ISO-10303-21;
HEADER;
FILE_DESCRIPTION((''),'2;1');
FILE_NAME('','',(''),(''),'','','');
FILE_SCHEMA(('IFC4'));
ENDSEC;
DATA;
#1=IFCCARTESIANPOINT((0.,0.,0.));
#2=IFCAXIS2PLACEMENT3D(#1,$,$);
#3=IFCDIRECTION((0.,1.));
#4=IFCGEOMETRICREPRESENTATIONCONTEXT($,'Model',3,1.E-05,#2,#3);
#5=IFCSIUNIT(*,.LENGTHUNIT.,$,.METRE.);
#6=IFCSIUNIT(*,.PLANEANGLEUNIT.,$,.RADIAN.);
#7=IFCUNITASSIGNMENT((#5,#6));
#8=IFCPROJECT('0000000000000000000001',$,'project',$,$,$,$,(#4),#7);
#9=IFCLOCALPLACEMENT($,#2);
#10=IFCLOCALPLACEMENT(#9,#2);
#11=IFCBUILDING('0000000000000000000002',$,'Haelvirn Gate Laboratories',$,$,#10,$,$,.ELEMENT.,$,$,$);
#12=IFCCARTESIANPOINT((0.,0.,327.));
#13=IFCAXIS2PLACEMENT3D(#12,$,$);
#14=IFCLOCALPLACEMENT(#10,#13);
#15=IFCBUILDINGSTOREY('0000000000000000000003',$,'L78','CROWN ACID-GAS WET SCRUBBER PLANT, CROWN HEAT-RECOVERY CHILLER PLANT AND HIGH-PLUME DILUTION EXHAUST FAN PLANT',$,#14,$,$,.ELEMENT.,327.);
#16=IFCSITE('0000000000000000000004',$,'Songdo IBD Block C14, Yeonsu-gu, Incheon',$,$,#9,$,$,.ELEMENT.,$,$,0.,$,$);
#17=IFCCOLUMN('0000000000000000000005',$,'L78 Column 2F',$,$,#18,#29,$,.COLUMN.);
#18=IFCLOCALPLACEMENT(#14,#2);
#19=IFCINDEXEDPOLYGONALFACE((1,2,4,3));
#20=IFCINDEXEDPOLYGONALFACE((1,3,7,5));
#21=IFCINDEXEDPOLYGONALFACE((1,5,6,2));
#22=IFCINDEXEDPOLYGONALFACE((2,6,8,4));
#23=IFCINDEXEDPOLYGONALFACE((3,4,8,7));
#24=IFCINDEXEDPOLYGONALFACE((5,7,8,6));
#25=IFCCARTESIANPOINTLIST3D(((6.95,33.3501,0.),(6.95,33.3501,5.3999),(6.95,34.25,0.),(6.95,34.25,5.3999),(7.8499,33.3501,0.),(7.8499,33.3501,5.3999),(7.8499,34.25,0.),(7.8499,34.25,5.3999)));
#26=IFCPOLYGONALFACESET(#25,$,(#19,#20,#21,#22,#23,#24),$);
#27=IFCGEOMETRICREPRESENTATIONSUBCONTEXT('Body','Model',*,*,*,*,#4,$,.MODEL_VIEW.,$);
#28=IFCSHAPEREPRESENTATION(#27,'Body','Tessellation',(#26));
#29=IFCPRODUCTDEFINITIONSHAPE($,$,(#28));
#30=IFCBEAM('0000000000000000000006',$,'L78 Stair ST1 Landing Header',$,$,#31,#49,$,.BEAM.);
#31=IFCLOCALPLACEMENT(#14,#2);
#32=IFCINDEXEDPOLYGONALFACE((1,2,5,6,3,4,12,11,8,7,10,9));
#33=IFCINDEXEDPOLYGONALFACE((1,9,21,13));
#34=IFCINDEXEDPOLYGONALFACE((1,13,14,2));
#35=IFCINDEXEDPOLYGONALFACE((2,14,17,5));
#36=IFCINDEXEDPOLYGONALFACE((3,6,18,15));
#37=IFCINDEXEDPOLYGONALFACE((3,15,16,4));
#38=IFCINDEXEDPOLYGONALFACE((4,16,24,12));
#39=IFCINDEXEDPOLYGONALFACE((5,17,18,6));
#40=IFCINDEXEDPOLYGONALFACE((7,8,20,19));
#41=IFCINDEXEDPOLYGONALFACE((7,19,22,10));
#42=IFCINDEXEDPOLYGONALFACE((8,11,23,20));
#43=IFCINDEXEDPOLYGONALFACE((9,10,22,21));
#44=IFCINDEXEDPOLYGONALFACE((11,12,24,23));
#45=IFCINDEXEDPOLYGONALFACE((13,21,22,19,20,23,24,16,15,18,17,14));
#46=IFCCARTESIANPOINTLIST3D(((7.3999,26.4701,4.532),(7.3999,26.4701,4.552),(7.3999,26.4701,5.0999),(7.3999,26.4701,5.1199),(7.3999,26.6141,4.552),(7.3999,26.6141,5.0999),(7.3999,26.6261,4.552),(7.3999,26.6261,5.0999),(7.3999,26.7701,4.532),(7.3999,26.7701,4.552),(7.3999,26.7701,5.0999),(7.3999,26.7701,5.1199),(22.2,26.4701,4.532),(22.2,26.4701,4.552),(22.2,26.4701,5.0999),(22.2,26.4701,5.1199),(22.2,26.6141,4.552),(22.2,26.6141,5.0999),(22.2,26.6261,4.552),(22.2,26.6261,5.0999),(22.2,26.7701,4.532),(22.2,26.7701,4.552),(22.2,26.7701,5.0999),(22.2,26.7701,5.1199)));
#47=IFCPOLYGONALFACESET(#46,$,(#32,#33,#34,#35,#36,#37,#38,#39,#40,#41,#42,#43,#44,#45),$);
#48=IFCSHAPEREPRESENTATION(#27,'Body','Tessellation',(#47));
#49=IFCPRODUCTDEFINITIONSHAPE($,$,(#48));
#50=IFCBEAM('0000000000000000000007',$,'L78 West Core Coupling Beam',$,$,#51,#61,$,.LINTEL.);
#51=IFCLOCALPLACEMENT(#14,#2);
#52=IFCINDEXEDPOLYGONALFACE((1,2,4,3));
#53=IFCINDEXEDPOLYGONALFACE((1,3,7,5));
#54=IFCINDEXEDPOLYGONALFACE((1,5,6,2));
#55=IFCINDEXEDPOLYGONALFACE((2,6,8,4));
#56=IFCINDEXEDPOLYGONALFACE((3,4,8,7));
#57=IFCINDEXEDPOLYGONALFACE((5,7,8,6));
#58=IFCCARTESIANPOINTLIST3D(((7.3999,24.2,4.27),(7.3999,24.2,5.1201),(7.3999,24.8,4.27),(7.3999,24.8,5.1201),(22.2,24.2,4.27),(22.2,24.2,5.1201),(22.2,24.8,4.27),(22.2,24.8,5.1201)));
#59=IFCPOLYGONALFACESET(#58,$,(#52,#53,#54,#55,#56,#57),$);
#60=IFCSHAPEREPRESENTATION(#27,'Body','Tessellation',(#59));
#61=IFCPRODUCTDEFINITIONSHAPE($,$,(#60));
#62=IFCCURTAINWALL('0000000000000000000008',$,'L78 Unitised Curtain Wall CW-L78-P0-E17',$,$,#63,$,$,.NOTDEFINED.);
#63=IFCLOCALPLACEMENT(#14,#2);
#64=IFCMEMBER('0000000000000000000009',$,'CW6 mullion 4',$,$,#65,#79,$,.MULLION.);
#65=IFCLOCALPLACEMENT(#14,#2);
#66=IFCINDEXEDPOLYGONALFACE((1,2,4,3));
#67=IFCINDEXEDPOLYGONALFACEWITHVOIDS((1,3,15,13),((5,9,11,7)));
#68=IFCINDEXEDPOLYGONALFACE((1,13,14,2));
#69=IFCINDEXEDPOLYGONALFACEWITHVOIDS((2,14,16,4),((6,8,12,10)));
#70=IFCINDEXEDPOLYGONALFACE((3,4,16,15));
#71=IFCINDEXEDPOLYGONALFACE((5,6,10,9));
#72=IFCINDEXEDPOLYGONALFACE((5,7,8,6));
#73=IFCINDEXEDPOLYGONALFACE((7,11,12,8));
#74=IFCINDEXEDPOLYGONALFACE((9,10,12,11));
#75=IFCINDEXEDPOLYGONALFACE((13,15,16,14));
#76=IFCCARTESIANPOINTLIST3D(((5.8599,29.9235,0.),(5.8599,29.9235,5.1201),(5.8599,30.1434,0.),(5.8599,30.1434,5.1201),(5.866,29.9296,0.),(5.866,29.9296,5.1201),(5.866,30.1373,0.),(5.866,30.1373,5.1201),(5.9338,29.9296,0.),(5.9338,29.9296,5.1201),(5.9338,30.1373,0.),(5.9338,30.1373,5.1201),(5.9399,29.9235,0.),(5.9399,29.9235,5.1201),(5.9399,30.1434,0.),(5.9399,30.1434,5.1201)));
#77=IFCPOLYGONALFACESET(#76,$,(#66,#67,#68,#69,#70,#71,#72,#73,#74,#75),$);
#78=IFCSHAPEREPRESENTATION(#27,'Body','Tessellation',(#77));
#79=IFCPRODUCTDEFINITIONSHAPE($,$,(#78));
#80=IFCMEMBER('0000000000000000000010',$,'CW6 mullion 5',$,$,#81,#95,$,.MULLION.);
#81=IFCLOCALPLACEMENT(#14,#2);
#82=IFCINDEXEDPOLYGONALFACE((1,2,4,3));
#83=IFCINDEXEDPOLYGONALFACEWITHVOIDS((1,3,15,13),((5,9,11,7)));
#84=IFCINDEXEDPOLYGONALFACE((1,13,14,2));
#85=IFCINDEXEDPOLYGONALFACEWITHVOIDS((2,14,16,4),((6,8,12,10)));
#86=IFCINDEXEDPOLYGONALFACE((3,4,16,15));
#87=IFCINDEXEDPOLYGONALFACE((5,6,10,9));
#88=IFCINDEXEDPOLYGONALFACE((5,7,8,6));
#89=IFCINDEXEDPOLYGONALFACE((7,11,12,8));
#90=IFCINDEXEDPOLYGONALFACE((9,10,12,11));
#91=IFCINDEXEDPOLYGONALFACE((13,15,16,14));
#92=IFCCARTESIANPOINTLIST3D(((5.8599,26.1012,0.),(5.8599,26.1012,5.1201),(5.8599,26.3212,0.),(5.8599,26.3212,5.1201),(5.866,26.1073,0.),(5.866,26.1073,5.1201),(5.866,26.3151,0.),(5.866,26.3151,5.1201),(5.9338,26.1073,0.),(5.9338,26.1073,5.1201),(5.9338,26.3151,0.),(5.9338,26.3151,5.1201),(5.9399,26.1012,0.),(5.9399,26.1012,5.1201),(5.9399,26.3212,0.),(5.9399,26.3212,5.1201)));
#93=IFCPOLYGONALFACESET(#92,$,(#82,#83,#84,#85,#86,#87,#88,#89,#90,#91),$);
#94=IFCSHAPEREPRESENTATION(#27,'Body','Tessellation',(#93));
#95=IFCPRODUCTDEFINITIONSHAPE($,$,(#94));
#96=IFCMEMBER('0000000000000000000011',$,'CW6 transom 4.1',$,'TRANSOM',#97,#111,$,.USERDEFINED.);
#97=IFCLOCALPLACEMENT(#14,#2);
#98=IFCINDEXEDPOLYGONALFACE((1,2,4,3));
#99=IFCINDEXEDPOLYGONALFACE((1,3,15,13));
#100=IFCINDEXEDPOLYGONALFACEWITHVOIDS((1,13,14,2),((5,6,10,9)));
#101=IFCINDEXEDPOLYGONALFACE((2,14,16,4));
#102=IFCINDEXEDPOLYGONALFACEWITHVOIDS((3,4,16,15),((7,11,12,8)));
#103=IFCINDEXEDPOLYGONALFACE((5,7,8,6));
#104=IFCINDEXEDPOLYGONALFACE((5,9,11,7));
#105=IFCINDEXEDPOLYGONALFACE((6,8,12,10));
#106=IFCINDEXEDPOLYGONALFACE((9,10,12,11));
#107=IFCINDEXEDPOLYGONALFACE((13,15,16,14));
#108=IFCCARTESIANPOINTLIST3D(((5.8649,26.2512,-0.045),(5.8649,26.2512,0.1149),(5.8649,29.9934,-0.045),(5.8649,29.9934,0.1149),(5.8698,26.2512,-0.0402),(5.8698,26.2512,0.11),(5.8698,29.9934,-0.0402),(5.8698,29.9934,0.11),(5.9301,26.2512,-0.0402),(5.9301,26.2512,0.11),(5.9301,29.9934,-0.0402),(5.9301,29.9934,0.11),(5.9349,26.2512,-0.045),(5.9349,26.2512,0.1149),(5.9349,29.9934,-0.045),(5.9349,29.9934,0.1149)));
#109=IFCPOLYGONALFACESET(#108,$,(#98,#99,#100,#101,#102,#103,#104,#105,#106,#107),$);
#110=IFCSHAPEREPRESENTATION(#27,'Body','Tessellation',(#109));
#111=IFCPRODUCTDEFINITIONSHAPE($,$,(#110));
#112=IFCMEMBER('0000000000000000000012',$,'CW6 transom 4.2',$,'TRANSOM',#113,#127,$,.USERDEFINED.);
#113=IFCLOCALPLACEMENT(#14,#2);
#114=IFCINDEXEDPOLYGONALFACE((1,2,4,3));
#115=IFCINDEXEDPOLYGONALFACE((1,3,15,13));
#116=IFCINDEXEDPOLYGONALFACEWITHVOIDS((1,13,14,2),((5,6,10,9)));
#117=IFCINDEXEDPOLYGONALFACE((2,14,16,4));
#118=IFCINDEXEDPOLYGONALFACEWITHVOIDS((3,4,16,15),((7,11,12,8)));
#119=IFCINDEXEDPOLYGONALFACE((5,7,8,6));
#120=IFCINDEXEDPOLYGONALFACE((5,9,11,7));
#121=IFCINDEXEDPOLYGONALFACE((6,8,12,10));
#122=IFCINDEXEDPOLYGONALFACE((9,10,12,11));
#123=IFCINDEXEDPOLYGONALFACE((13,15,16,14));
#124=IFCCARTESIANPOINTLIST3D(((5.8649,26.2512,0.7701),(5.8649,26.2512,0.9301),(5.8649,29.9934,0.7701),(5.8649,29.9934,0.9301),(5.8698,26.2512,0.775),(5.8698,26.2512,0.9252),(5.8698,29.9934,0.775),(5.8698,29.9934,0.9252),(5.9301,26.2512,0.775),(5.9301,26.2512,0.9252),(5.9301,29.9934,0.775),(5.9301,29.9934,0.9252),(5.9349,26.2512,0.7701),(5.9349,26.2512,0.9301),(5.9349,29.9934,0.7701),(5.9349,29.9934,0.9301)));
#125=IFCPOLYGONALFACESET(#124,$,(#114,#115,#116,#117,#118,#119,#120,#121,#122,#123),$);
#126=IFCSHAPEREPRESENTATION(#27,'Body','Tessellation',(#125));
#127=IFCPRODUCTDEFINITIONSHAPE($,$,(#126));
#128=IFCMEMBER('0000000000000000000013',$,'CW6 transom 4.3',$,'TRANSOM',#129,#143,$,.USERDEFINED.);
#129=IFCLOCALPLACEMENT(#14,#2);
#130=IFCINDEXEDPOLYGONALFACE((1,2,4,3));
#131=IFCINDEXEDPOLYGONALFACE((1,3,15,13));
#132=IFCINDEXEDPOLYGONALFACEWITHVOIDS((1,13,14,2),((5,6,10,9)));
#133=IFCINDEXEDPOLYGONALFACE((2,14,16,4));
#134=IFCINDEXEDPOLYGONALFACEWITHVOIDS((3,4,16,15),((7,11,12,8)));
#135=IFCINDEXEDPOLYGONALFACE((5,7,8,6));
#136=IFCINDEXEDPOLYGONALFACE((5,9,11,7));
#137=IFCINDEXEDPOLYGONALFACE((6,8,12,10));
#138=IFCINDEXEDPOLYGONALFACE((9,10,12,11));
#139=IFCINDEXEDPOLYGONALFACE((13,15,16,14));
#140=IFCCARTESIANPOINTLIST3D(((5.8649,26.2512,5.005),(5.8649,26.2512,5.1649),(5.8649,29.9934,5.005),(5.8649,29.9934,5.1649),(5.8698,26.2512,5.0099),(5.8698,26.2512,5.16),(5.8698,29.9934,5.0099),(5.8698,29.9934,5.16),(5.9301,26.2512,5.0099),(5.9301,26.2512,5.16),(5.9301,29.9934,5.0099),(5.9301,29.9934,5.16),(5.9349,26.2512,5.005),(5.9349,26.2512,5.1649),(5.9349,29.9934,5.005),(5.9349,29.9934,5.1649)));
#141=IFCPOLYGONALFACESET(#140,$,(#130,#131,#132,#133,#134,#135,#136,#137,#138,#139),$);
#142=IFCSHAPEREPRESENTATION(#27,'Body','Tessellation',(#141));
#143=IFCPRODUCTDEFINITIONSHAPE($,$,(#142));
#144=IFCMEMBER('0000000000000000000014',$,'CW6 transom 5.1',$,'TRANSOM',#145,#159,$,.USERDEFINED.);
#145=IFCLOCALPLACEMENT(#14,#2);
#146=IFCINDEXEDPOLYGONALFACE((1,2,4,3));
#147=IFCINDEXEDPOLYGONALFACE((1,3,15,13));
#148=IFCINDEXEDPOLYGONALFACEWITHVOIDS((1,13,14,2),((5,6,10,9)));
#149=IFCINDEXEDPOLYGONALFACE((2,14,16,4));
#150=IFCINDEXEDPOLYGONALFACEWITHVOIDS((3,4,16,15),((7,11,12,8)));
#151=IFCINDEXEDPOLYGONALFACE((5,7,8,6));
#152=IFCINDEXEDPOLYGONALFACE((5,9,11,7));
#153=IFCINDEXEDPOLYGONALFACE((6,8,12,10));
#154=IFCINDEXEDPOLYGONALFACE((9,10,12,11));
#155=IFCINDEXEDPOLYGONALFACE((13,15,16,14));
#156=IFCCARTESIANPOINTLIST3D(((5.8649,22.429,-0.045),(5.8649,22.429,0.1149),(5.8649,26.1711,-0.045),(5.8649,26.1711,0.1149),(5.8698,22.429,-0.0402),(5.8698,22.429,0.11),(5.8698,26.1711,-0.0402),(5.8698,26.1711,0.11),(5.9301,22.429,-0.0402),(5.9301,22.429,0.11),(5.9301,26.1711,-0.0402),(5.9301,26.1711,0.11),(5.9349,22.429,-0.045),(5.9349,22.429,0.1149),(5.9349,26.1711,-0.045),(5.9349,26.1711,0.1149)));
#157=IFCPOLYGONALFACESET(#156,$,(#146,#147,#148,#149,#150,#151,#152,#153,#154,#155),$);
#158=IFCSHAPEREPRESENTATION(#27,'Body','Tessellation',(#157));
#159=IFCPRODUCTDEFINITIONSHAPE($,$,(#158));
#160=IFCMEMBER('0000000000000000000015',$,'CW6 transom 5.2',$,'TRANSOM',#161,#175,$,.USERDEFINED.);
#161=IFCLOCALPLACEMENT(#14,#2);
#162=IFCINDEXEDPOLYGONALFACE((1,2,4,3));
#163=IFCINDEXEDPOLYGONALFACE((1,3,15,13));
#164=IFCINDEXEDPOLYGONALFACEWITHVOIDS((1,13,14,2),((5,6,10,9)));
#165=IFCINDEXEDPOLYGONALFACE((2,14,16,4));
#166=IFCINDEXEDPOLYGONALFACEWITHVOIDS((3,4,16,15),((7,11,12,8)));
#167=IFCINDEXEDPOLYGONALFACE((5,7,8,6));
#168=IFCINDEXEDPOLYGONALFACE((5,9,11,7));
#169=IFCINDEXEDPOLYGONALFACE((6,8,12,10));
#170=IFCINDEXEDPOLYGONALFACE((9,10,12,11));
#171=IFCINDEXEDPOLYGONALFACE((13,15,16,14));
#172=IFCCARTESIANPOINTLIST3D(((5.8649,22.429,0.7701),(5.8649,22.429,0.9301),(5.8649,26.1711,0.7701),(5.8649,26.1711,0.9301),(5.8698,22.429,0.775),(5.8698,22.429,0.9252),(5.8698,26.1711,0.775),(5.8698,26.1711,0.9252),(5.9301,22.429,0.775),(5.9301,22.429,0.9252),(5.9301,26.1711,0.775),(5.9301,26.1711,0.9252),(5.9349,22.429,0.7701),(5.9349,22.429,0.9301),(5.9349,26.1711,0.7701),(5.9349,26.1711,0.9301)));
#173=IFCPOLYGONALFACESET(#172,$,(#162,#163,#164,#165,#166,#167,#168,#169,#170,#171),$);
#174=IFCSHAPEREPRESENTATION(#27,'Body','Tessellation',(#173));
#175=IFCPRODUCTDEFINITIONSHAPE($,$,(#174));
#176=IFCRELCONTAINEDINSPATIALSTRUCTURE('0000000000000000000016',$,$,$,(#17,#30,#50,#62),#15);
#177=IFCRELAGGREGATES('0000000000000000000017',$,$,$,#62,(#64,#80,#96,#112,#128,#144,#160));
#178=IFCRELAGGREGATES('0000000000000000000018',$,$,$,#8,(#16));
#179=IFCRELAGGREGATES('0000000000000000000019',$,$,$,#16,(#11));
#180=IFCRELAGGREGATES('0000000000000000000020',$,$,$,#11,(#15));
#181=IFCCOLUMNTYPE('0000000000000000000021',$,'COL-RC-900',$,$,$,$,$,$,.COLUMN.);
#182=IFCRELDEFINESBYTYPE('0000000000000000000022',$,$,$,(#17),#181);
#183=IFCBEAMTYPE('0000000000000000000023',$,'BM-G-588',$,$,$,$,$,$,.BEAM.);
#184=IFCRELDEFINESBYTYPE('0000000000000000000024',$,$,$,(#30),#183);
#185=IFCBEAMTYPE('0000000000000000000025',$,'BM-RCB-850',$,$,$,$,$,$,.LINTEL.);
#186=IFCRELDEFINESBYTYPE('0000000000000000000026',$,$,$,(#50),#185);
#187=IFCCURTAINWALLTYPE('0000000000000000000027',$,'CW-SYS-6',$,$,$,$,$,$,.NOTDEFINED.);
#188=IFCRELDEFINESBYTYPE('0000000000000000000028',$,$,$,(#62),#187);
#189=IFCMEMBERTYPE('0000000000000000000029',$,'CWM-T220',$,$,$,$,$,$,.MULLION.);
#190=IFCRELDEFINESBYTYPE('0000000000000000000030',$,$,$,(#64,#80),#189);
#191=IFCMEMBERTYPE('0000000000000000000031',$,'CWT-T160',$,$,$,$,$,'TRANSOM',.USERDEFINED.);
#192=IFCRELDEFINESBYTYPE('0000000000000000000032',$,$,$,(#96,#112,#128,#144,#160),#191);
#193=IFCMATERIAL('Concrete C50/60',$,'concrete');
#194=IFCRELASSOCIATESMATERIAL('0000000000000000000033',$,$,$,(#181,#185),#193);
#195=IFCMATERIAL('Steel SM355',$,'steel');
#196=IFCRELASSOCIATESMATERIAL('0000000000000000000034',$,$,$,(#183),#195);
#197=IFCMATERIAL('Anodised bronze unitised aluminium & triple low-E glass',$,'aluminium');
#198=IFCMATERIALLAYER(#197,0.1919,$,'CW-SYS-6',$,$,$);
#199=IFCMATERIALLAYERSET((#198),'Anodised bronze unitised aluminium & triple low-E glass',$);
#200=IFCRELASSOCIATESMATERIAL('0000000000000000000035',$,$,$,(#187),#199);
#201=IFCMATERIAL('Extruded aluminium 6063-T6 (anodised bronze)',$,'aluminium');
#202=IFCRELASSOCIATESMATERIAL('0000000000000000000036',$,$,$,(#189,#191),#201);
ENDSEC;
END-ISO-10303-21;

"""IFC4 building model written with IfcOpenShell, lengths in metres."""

from ifc_helpers import new_model, si_unit, direction, frame, origin, origin_2d, place, context, subcontext, project, spatial, rectangle, hollow_rectangle, i_section, extrude, source, transform, mapped, material, layer, layer_set, material_profile, profile_set, type_object, type_shapes, element, aggregate, save


model = new_model("IFC4")

# Units and contexts
model_context = context("Model", 3, precision=1e-05, world=origin(), true_north=direction((0.0, 1.0)))
body_context = subcontext(model_context, "Body", "Model", "MODEL_VIEW")
ifc_project = project(units=[si_unit("LENGTHUNIT", "METRE"), si_unit("PLANEANGLEUNIT", "RADIAN")], contexts=[model_context])

# Site, building, storey
site_placement = place(None, origin())
site = spatial("IfcSite", under=ifc_project, at=site_placement, Name="Songdo IBD Block C14, Yeonsu-gu, Incheon", CompositionType="ELEMENT", RefElevation=0.0)
building_placement = place(site_placement, origin())
building = spatial("IfcBuilding", under=site, at=building_placement, Name="Haelvirn Gate Laboratories", CompositionType="ELEMENT")
storey_placement = place(building_placement, frame((0.0, 0.0, 327.0)))
storey = spatial("IfcBuildingStorey", under=building, at=storey_placement, Name="L78", Description="CROWN ACID-GAS WET SCRUBBER PLANT, CROWN HEAT-RECOVERY CHILLER PLANT AND HIGH-PLUME DILUTION EXHAUST FAN PLANT", CompositionType="ELEMENT", Elevation=327.0)

# Column
ifc_material_1 = material(Name="Concrete C50/60", Category="concrete")
ifc_material_profile_1 = material_profile(ifc_material_1, rectangle(XDim=0.8999, YDim=0.8999, at=origin_2d()), Name="RC-900x900")
ifc_profile_set_1 = profile_set([ifc_material_profile_1], Name="Concrete C50/60")
column_type = type_object("IfcColumnType", Name="COL-RC-900", PredefinedType="COLUMN", material=ifc_profile_set_1)
shared_shape_1 = source(origin(), body_context, "Body", "SweptSolid", [
    extrude(rectangle(XDim=0.8999, YDim=0.8999, at=origin_2d()), origin(), (0.0, 0.0, 1.0), 5.3999),
])
type_shapes(column_type, [shared_shape_1])
column_placement = place(storey_placement, frame((7.3999, 33.8, 0.0), z_axis=(0.0, 0.0, 1.0), x_axis=(1.0, 0.0, 0.0)))
element("IfcColumn", 1, at=column_placement, inside=storey, type_object=column_type, Name="L78 Column 2F", PredefinedType="COLUMN", context=body_context, shape_type="MappedRepresentation", body=[
    mapped(shared_shape_1, transform((0.0, 0.0, 0.0), scale=1.0)),
])

# Beams
ifc_material_2 = material(Name="Steel SM355", Category="steel")
ifc_material_profile_2 = material_profile(ifc_material_2, i_section(OverallWidth=0.3, OverallDepth=0.5879, WebThickness=0.012, FlangeThickness=0.02, at=origin_2d()), Name="H-588x300x12x20")
ifc_profile_set_2 = profile_set([ifc_material_profile_2], Name="Steel SM355")
beam_type_1 = type_object("IfcBeamType", Name="BM-G-588", PredefinedType="BEAM", material=ifc_profile_set_2)
shared_shape_2 = source(origin(), body_context, "Body", "SweptSolid", [
    extrude(i_section(OverallWidth=0.3, OverallDepth=0.5879, WebThickness=0.012, FlangeThickness=0.02, at=origin_2d()), origin(), (0.0, 0.0, 1.0), 14.8),
])
type_shapes(beam_type_1, [shared_shape_2])
beam_1_placement = place(storey_placement, frame((7.3999, 26.6201, 4.8259), z_axis=(1.0, 0.0, 0.0), x_axis=(0.0, 1.0, 0.0)))
element("IfcBeam", 2, at=beam_1_placement, inside=storey, type_object=beam_type_1, Name="L78 Stair ST1 Landing Header", PredefinedType="BEAM", context=body_context, shape_type="MappedRepresentation", body=[
    mapped(shared_shape_2, transform((0.0, 0.0, 0.0), scale=1.0)),
])
ifc_material_profile_3 = material_profile(ifc_material_1, rectangle(XDim=0.6001, YDim=0.8501, at=origin_2d()), Name="RCB-600x850")
ifc_profile_set_3 = profile_set([ifc_material_profile_3], Name="Concrete C50/60")
beam_type_2 = type_object("IfcBeamType", Name="BM-RCB-850", PredefinedType="LINTEL", material=ifc_profile_set_3)
shared_shape_3 = source(origin(), body_context, "Body", "SweptSolid", [
    extrude(rectangle(XDim=0.6001, YDim=0.8501, at=origin_2d()), origin(), (0.0, 0.0, 1.0), 14.8),
])
type_shapes(beam_type_2, [shared_shape_3])
beam_2_placement = place(storey_placement, frame((7.3999, 24.5, 4.6951), z_axis=(1.0, 0.0, 0.0), x_axis=(0.0, 1.0, 0.0)))
element("IfcBeam", 3, at=beam_2_placement, inside=storey, type_object=beam_type_2, Name="L78 West Core Coupling Beam", PredefinedType="LINTEL", context=body_context, shape_type="MappedRepresentation", body=[
    mapped(shared_shape_3, transform((0.0, 0.0, 0.0), scale=1.0)),
])

# Curtain wall, members
ifc_material_3 = material(Name="Anodised bronze unitised aluminium & triple low-E glass", Category="aluminium")
ifc_layer_1 = layer(ifc_material_3, 0.1919, Name="CW-SYS-6")
ifc_layer_set_1 = layer_set([ifc_layer_1], Name="Anodised bronze unitised aluminium & triple low-E glass")
curtain_wall_type = type_object("IfcCurtainWallType", Name="CW-SYS-6", PredefinedType="NOTDEFINED", material=ifc_layer_set_1)
curtain_wall_placement = place(storey_placement, origin())
curtain_wall = element("IfcCurtainWall", 4, at=curtain_wall_placement, inside=storey, type_object=curtain_wall_type, Name="L78 Unitised Curtain Wall CW-L78-P0-E17", PredefinedType="NOTDEFINED")
ifc_material_4 = material(Name="Extruded aluminium 6063-T6 (anodised bronze)", Category="aluminium")
ifc_material_profile_4 = material_profile(ifc_material_4, hollow_rectangle(XDim=0.0801, YDim=0.22, WallThickness=0.0061, at=origin_2d()), Name="CWM-220x80x6")
ifc_profile_set_4 = profile_set([ifc_material_profile_4], Name="Extruded aluminium 6063-T6 (anodised bronze)")
member_type_1 = type_object("IfcMemberType", Name="CWM-T220", PredefinedType="MULLION", material=ifc_profile_set_4)
shared_shape_4 = source(origin(), body_context, "Body", "SweptSolid", [
    extrude(hollow_rectangle(XDim=0.0801, YDim=0.22, WallThickness=0.0061, at=origin_2d()), origin(), (0.0, 0.0, 1.0), 5.1201),
])
type_shapes(member_type_1, [shared_shape_4])
member_1_placement = place(storey_placement, frame((5.8999, 30.0334, 0.0), z_axis=(0.0, 0.0, 1.0), x_axis=(1.0, 0.0, 0.0)))
member_1 = element("IfcMember", 5, at=member_1_placement, type_object=member_type_1, Name="CW6 mullion 4", PredefinedType="MULLION", context=body_context, shape_type="MappedRepresentation", body=[
    mapped(shared_shape_4, transform((0.0, 0.0, 0.0), scale=1.0)),
])
member_2_placement = place(storey_placement, frame((5.8999, 26.2112, 0.0), z_axis=(0.0, 0.0, 1.0), x_axis=(1.0, 0.0, 0.0)))
member_2 = element("IfcMember", 6, at=member_2_placement, type_object=member_type_1, Name="CW6 mullion 5", PredefinedType="MULLION", context=body_context, shape_type="MappedRepresentation", body=[
    mapped(shared_shape_4, transform((0.0, 0.0, 0.0), scale=1.0)),
])
ifc_material_profile_5 = material_profile(ifc_material_4, hollow_rectangle(XDim=0.0701, YDim=0.1599, WallThickness=0.0049, at=origin_2d()), Name="CWT-160x70x5")
ifc_profile_set_5 = profile_set([ifc_material_profile_5], Name="Extruded aluminium 6063-T6 (anodised bronze)")
member_type_2 = type_object("IfcMemberType", Name="CWT-T160", ElementType="TRANSOM", PredefinedType="USERDEFINED", material=ifc_profile_set_5)
shared_shape_5 = source(origin(), body_context, "Body", "SweptSolid", [
    extrude(hollow_rectangle(XDim=0.0701, YDim=0.1599, WallThickness=0.0049, at=origin_2d()), origin(), (0.0, 0.0, 1.0), 3.7422),
])
type_shapes(member_type_2, [shared_shape_5])
member_3_placement = place(storey_placement, frame((5.8999, 29.9934, 0.0349), z_axis=(0.0, -1.0, 0.0), x_axis=(1.0, 0.0, 0.0)))
member_3 = element("IfcMember", 7, at=member_3_placement, type_object=member_type_2, Name="CW6 transom 4.1", ObjectType="TRANSOM", PredefinedType="USERDEFINED", context=body_context, shape_type="MappedRepresentation", body=[
    mapped(shared_shape_5, transform((0.0, 0.0, 0.0), scale=1.0)),
])
member_4_placement = place(storey_placement, frame((5.8999, 29.9934, 0.8501), z_axis=(0.0, -1.0, 0.0), x_axis=(1.0, 0.0, 0.0)))
member_4 = element("IfcMember", 8, at=member_4_placement, type_object=member_type_2, Name="CW6 transom 4.2", ObjectType="TRANSOM", PredefinedType="USERDEFINED", context=body_context, shape_type="MappedRepresentation", body=[
    mapped(shared_shape_5, transform((0.0, 0.0, 0.0), scale=1.0)),
])
member_5_placement = place(storey_placement, frame((5.8999, 29.9934, 5.085), z_axis=(0.0, -1.0, 0.0), x_axis=(1.0, 0.0, 0.0)))
member_5 = element("IfcMember", 9, at=member_5_placement, type_object=member_type_2, Name="CW6 transom 4.3", ObjectType="TRANSOM", PredefinedType="USERDEFINED", context=body_context, shape_type="MappedRepresentation", body=[
    mapped(shared_shape_5, transform((0.0, 0.0, 0.0), scale=1.0)),
])
member_6_placement = place(storey_placement, frame((5.8999, 26.1711, 0.0349), z_axis=(0.0, -1.0, 0.0), x_axis=(1.0, 0.0, 0.0)))
member_6 = element("IfcMember", 10, at=member_6_placement, type_object=member_type_2, Name="CW6 transom 5.1", ObjectType="TRANSOM", PredefinedType="USERDEFINED", context=body_context, shape_type="MappedRepresentation", body=[
    mapped(shared_shape_5, transform((0.0, 0.0, 0.0), scale=1.0)),
])
member_7_placement = place(storey_placement, frame((5.8999, 26.1711, 0.8501), z_axis=(0.0, -1.0, 0.0), x_axis=(1.0, 0.0, 0.0)))
member_7 = element("IfcMember", 11, at=member_7_placement, type_object=member_type_2, Name="CW6 transom 5.2", ObjectType="TRANSOM", PredefinedType="USERDEFINED", context=body_context, shape_type="MappedRepresentation", body=[
    mapped(shared_shape_5, transform((0.0, 0.0, 0.0), scale=1.0)),
])
aggregate(curtain_wall, [member_1, member_2, member_3, member_4, member_5, member_6, member_7])

save(model, "model.ifc")
